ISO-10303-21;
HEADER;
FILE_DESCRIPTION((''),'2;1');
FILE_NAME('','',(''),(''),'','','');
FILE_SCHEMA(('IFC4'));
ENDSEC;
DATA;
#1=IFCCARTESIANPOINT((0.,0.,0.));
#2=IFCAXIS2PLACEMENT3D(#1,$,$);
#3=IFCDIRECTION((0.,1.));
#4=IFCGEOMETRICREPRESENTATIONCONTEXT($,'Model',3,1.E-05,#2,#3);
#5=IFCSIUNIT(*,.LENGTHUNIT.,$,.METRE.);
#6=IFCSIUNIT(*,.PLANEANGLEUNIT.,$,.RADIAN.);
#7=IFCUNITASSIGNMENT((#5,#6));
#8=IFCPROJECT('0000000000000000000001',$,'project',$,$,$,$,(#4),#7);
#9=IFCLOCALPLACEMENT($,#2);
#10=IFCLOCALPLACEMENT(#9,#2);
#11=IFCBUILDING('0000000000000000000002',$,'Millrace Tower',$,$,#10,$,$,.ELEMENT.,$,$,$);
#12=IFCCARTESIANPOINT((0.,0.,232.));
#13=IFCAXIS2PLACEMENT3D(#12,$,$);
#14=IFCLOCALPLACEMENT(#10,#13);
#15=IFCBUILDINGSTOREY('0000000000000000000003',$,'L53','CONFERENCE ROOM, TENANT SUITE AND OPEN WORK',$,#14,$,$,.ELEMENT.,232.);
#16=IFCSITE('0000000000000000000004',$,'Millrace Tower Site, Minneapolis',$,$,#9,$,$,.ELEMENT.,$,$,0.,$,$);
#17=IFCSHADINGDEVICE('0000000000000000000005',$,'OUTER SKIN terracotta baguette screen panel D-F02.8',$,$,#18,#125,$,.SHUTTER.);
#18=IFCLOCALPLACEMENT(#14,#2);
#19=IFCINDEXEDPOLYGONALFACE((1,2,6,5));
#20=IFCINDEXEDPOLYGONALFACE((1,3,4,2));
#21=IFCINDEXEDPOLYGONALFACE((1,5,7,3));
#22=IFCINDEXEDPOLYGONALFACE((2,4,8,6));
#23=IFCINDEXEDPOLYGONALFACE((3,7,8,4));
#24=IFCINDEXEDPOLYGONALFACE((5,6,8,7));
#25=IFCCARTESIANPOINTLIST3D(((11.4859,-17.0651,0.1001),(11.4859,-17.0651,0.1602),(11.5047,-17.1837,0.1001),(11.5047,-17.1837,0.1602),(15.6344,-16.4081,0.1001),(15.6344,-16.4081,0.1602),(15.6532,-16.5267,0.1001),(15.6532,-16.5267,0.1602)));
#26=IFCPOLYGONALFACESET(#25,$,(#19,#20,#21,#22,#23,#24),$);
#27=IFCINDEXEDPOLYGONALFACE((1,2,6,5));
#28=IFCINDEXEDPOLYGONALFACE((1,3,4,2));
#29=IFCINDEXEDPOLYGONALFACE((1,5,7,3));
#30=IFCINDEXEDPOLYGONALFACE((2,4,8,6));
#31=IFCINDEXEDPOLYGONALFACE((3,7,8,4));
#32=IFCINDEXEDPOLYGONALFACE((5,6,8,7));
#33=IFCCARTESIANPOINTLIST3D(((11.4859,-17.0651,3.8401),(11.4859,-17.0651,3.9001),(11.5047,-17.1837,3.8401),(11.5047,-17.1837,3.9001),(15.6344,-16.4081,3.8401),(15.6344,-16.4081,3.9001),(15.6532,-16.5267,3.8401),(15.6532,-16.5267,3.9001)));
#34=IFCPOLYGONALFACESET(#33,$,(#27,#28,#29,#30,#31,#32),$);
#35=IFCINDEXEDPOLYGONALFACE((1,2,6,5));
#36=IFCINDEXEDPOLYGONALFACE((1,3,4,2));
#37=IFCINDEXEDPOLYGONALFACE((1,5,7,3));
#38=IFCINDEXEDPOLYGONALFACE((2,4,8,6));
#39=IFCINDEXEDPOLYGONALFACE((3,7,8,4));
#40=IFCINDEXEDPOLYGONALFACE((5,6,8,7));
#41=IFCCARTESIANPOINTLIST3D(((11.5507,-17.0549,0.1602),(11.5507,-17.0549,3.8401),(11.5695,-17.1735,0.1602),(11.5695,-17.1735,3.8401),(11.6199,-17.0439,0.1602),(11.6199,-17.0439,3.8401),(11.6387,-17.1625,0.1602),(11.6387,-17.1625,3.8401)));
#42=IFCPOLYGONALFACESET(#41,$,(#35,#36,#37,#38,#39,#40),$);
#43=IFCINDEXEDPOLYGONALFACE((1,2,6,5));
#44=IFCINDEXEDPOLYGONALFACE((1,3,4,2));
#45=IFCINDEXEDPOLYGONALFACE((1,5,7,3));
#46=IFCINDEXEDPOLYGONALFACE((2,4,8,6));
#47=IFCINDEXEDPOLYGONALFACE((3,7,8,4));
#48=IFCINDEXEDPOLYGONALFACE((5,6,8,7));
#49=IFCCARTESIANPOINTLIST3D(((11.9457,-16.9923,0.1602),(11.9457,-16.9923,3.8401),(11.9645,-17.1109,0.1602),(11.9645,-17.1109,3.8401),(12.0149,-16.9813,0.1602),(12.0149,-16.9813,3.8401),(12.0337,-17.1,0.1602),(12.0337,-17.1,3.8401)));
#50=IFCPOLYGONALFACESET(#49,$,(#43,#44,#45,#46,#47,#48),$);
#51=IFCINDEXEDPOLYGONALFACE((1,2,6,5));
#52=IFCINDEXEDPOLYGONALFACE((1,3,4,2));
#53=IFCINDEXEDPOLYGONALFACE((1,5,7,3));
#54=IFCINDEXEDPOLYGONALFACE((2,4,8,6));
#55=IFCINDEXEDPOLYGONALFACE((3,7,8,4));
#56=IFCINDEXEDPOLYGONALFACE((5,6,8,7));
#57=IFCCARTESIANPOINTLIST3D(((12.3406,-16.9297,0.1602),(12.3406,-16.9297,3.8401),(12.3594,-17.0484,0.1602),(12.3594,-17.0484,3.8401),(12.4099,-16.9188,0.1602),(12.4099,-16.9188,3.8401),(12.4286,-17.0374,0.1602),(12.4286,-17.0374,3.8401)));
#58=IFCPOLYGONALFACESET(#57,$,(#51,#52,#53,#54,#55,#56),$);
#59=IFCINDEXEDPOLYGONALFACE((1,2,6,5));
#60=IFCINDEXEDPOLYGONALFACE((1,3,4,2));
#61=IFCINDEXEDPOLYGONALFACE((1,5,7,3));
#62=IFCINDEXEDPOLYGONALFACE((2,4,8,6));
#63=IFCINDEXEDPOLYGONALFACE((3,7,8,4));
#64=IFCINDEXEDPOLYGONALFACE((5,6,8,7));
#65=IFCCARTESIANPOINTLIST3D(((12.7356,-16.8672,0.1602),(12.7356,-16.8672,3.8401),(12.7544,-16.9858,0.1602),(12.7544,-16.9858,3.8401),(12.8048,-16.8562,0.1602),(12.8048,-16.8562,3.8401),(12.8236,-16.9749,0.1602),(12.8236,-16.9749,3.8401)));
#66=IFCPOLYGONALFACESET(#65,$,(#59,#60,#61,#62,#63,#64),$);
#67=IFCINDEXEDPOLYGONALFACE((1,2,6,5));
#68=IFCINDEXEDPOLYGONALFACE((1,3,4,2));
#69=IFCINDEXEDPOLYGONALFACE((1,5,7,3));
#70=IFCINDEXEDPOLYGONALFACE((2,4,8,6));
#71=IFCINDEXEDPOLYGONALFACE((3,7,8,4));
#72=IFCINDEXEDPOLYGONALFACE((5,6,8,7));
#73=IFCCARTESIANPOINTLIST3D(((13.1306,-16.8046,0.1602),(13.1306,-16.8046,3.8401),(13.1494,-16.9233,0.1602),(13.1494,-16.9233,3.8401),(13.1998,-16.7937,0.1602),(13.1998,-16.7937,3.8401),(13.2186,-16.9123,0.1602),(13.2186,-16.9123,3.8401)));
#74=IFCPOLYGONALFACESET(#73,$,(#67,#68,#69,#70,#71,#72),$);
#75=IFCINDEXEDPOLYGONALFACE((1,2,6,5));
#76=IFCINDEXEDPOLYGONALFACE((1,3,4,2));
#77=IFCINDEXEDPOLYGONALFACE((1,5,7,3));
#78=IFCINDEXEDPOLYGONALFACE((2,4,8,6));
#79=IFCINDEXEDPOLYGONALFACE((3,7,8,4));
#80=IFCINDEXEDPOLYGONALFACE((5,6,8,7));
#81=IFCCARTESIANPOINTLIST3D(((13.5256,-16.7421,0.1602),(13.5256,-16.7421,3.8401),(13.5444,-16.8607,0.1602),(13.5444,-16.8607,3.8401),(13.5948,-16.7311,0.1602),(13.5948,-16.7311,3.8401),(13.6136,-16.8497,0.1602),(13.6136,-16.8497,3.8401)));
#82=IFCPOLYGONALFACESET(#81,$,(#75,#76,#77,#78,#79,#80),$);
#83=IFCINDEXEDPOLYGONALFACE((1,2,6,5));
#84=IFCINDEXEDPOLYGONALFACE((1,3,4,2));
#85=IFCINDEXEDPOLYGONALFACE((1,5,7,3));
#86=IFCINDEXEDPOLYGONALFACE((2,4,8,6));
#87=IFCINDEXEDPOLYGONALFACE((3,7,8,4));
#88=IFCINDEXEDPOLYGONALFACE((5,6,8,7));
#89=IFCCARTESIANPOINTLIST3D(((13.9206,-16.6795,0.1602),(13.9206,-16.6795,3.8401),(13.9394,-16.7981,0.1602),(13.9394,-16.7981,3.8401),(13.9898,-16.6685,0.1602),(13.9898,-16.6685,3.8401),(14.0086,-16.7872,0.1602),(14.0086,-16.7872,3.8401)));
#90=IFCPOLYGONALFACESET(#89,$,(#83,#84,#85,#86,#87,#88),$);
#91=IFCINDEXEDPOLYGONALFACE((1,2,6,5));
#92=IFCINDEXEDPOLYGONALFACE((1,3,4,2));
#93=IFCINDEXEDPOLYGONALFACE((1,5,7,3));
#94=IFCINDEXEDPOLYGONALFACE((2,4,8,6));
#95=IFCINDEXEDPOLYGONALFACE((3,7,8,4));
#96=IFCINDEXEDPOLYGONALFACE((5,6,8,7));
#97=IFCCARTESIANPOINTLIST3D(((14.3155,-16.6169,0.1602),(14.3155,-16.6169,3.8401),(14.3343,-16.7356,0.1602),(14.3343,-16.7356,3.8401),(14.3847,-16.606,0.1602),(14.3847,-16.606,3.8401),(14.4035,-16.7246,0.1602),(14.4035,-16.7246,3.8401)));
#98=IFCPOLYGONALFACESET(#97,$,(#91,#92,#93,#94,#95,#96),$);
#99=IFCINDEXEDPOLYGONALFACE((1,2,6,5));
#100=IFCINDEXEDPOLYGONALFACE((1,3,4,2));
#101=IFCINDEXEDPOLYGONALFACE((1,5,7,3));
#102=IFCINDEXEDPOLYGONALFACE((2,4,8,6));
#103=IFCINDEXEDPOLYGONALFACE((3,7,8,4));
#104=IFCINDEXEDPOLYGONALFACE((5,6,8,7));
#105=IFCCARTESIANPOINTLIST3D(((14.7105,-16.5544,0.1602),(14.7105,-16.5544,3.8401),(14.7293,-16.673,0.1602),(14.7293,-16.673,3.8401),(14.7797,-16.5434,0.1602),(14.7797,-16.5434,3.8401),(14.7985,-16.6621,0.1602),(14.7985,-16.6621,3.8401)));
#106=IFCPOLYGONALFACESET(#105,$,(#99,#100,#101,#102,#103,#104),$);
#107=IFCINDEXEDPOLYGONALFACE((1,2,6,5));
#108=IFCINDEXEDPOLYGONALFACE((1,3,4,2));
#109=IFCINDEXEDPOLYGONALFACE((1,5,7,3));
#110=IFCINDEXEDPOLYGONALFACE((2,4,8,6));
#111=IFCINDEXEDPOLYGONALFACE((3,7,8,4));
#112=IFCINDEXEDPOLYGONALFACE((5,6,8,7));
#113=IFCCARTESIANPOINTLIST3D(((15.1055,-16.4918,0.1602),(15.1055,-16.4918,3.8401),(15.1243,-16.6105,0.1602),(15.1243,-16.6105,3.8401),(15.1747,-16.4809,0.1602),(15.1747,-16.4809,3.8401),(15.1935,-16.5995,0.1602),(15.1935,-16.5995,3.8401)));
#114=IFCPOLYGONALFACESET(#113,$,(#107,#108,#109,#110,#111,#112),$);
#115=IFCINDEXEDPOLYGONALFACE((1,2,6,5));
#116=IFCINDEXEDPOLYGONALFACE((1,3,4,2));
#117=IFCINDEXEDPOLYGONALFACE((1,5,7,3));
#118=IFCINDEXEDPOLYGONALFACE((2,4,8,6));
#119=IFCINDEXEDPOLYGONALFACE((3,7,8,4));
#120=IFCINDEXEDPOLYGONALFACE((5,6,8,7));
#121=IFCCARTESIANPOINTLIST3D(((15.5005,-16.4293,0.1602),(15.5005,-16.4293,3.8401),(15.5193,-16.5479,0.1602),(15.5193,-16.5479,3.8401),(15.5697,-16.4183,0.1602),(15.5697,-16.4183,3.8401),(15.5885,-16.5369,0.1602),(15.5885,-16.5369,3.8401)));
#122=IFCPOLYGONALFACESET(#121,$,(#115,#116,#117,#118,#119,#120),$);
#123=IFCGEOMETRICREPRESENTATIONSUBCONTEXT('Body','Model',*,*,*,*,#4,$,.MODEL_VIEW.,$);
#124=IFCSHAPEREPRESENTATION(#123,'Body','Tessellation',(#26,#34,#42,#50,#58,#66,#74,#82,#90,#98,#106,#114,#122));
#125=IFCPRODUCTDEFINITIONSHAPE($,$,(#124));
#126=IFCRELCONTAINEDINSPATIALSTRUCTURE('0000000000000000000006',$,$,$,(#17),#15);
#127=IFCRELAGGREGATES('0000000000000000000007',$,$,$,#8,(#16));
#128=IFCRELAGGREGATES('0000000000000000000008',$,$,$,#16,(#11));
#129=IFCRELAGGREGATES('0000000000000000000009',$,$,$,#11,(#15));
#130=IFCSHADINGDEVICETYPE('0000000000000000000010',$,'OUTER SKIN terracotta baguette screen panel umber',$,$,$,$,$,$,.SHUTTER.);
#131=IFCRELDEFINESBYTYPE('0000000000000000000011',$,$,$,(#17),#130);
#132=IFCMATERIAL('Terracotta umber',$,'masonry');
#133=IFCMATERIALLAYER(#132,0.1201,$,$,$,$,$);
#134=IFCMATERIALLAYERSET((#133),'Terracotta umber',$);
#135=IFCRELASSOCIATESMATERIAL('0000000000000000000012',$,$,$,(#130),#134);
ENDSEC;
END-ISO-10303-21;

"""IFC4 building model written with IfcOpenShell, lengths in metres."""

from ifc_helpers import new_model, entity, si_unit, direction, frame, frame_2d, origin, origin_2d, place, context, subcontext, project, spatial, rectangle, extrude, source, transform, mapped, material, layer, layer_set, type_object, element, save


model = new_model("IFC4")

# Units and contexts
model_context = context("Model", 3, precision=1e-05, world=origin(), true_north=direction((0.0, 1.0)))
body_context = subcontext(model_context, "Body", "Model", "MODEL_VIEW")
ifc_project = project(units=[si_unit("LENGTHUNIT", "METRE"), si_unit("PLANEANGLEUNIT", "RADIAN")], contexts=[model_context])

# Site, building, storey
site_placement = place(None, origin())
site = spatial("IfcSite", under=ifc_project, at=site_placement, Name="Millrace Tower Site, Minneapolis", CompositionType="ELEMENT", RefElevation=0.0)
building_placement = place(site_placement, origin())
building = spatial("IfcBuilding", under=site, at=building_placement, Name="Millrace Tower", CompositionType="ELEMENT")
storey_placement = place(building_placement, frame((0.0, 0.0, 232.0)))
storey = spatial("IfcBuildingStorey", under=building, at=storey_placement, Name="L53", Description="CONFERENCE ROOM, TENANT SUITE AND OPEN WORK", CompositionType="ELEMENT", Elevation=232.0)

# Shading device
ifc_material_1 = material(Name="Terracotta umber", Category="masonry")
ifc_layer_1 = layer(ifc_material_1, 0.1201)
ifc_layer_set_1 = layer_set([ifc_layer_1], Name="Terracotta umber")
shading_device_type = type_object("IfcShadingDeviceType", Name="OUTER SKIN terracotta baguette screen panel umber", PredefinedType="SHUTTER", material=ifc_layer_set_1)
cartesian_point = entity("IfcCartesianPoint", [-2.1001, 0.0601])
shared_polyline = entity("IfcPolyline", [cartesian_point, entity("IfcCartesianPoint", [2.1001, 0.0601]), entity("IfcCartesianPoint", [2.1001, -0.0601]), entity("IfcCartesianPoint", [-2.1001, -0.0601]), cartesian_point])
shared_shape = source(origin(), body_context, "Body", "SweptSolid", [
    entity("IfcExtrudedAreaSolid", entity("IfcArbitraryClosedProfileDef", "AREA", None, shared_polyline), entity("IfcAxis2Placement3D", entity("IfcCartesianPoint", [0.0, 0.0, 0.0])), entity("IfcDirection", [0.0, 0.0, 1.0]), 0.0601),
    entity("IfcExtrudedAreaSolid", entity("IfcArbitraryClosedProfileDef", "AREA", None, shared_polyline), entity("IfcAxis2Placement3D", entity("IfcCartesianPoint", [0.0, 0.0, 3.74])), entity("IfcDirection", [0.0, 0.0, 1.0]), 0.0601),
    extrude(rectangle(XDim=0.0701, YDim=0.1201, at=frame_2d((-1.9995, 0.0))), frame((0.0, 0.0, 0.0601)), (0.0, 0.0, 1.0), 3.6799),
    extrude(rectangle(XDim=0.0701, YDim=0.1201, at=frame_2d((-1.5996, 0.0))), frame((0.0, 0.0, 0.0601)), (0.0, 0.0, 1.0), 3.6799),
    extrude(rectangle(XDim=0.0701, YDim=0.1201, at=frame_2d((-1.1997, 0.0))), frame((0.0, 0.0, 0.0601)), (0.0, 0.0, 1.0), 3.6799),
    extrude(rectangle(XDim=0.0701, YDim=0.1201, at=frame_2d((-0.7998, 0.0))), frame((0.0, 0.0, 0.0601)), (0.0, 0.0, 1.0), 3.6799),
    extrude(rectangle(XDim=0.0701, YDim=0.1201, at=frame_2d((-0.3999, 0.0))), frame((0.0, 0.0, 0.0601)), (0.0, 0.0, 1.0), 3.6799),
    extrude(rectangle(XDim=0.0701, YDim=0.1201, at=origin_2d()), frame((0.0, 0.0, 0.0601)), (0.0, 0.0, 1.0), 3.6799),
    extrude(rectangle(XDim=0.0701, YDim=0.1201, at=frame_2d((0.3999, 0.0))), frame((0.0, 0.0, 0.0601)), (0.0, 0.0, 1.0), 3.6799),
    extrude(rectangle(XDim=0.0701, YDim=0.1201, at=frame_2d((0.7998, 0.0))), frame((0.0, 0.0, 0.0601)), (0.0, 0.0, 1.0), 3.6799),
    extrude(rectangle(XDim=0.0701, YDim=0.1201, at=frame_2d((1.1997, 0.0))), frame((0.0, 0.0, 0.0601)), (0.0, 0.0, 1.0), 3.6799),
    extrude(rectangle(XDim=0.0701, YDim=0.1201, at=frame_2d((1.5996, 0.0))), frame((0.0, 0.0, 0.0601)), (0.0, 0.0, 1.0), 3.6799),
    extrude(rectangle(XDim=0.0701, YDim=0.1201, at=frame_2d((1.9995, 0.0))), frame((0.0, 0.0, 0.0601)), (0.0, 0.0, 1.0), 3.6799),
])
for number, where, z_axis, x_axis, name in (
    (1, (13.5696, -16.7959, 0.1001), (0.0, 0.0, 1.0), (0.987688, 0.156434, 0.0), "OUTER SKIN terracotta baguette screen panel D-F02.8"),
):
    element("IfcShadingDevice", number, at=place(storey_placement, frame(where, z_axis=z_axis, x_axis=x_axis)), inside=storey, type_object=shading_device_type, Name=name, PredefinedType="SHUTTER", context=body_context, shape_type="MappedRepresentation", body=[
        mapped(shared_shape, transform((0.0, 0.0, 0.0), scale=1.0)),
    ])

save(model, "model.ifc")
